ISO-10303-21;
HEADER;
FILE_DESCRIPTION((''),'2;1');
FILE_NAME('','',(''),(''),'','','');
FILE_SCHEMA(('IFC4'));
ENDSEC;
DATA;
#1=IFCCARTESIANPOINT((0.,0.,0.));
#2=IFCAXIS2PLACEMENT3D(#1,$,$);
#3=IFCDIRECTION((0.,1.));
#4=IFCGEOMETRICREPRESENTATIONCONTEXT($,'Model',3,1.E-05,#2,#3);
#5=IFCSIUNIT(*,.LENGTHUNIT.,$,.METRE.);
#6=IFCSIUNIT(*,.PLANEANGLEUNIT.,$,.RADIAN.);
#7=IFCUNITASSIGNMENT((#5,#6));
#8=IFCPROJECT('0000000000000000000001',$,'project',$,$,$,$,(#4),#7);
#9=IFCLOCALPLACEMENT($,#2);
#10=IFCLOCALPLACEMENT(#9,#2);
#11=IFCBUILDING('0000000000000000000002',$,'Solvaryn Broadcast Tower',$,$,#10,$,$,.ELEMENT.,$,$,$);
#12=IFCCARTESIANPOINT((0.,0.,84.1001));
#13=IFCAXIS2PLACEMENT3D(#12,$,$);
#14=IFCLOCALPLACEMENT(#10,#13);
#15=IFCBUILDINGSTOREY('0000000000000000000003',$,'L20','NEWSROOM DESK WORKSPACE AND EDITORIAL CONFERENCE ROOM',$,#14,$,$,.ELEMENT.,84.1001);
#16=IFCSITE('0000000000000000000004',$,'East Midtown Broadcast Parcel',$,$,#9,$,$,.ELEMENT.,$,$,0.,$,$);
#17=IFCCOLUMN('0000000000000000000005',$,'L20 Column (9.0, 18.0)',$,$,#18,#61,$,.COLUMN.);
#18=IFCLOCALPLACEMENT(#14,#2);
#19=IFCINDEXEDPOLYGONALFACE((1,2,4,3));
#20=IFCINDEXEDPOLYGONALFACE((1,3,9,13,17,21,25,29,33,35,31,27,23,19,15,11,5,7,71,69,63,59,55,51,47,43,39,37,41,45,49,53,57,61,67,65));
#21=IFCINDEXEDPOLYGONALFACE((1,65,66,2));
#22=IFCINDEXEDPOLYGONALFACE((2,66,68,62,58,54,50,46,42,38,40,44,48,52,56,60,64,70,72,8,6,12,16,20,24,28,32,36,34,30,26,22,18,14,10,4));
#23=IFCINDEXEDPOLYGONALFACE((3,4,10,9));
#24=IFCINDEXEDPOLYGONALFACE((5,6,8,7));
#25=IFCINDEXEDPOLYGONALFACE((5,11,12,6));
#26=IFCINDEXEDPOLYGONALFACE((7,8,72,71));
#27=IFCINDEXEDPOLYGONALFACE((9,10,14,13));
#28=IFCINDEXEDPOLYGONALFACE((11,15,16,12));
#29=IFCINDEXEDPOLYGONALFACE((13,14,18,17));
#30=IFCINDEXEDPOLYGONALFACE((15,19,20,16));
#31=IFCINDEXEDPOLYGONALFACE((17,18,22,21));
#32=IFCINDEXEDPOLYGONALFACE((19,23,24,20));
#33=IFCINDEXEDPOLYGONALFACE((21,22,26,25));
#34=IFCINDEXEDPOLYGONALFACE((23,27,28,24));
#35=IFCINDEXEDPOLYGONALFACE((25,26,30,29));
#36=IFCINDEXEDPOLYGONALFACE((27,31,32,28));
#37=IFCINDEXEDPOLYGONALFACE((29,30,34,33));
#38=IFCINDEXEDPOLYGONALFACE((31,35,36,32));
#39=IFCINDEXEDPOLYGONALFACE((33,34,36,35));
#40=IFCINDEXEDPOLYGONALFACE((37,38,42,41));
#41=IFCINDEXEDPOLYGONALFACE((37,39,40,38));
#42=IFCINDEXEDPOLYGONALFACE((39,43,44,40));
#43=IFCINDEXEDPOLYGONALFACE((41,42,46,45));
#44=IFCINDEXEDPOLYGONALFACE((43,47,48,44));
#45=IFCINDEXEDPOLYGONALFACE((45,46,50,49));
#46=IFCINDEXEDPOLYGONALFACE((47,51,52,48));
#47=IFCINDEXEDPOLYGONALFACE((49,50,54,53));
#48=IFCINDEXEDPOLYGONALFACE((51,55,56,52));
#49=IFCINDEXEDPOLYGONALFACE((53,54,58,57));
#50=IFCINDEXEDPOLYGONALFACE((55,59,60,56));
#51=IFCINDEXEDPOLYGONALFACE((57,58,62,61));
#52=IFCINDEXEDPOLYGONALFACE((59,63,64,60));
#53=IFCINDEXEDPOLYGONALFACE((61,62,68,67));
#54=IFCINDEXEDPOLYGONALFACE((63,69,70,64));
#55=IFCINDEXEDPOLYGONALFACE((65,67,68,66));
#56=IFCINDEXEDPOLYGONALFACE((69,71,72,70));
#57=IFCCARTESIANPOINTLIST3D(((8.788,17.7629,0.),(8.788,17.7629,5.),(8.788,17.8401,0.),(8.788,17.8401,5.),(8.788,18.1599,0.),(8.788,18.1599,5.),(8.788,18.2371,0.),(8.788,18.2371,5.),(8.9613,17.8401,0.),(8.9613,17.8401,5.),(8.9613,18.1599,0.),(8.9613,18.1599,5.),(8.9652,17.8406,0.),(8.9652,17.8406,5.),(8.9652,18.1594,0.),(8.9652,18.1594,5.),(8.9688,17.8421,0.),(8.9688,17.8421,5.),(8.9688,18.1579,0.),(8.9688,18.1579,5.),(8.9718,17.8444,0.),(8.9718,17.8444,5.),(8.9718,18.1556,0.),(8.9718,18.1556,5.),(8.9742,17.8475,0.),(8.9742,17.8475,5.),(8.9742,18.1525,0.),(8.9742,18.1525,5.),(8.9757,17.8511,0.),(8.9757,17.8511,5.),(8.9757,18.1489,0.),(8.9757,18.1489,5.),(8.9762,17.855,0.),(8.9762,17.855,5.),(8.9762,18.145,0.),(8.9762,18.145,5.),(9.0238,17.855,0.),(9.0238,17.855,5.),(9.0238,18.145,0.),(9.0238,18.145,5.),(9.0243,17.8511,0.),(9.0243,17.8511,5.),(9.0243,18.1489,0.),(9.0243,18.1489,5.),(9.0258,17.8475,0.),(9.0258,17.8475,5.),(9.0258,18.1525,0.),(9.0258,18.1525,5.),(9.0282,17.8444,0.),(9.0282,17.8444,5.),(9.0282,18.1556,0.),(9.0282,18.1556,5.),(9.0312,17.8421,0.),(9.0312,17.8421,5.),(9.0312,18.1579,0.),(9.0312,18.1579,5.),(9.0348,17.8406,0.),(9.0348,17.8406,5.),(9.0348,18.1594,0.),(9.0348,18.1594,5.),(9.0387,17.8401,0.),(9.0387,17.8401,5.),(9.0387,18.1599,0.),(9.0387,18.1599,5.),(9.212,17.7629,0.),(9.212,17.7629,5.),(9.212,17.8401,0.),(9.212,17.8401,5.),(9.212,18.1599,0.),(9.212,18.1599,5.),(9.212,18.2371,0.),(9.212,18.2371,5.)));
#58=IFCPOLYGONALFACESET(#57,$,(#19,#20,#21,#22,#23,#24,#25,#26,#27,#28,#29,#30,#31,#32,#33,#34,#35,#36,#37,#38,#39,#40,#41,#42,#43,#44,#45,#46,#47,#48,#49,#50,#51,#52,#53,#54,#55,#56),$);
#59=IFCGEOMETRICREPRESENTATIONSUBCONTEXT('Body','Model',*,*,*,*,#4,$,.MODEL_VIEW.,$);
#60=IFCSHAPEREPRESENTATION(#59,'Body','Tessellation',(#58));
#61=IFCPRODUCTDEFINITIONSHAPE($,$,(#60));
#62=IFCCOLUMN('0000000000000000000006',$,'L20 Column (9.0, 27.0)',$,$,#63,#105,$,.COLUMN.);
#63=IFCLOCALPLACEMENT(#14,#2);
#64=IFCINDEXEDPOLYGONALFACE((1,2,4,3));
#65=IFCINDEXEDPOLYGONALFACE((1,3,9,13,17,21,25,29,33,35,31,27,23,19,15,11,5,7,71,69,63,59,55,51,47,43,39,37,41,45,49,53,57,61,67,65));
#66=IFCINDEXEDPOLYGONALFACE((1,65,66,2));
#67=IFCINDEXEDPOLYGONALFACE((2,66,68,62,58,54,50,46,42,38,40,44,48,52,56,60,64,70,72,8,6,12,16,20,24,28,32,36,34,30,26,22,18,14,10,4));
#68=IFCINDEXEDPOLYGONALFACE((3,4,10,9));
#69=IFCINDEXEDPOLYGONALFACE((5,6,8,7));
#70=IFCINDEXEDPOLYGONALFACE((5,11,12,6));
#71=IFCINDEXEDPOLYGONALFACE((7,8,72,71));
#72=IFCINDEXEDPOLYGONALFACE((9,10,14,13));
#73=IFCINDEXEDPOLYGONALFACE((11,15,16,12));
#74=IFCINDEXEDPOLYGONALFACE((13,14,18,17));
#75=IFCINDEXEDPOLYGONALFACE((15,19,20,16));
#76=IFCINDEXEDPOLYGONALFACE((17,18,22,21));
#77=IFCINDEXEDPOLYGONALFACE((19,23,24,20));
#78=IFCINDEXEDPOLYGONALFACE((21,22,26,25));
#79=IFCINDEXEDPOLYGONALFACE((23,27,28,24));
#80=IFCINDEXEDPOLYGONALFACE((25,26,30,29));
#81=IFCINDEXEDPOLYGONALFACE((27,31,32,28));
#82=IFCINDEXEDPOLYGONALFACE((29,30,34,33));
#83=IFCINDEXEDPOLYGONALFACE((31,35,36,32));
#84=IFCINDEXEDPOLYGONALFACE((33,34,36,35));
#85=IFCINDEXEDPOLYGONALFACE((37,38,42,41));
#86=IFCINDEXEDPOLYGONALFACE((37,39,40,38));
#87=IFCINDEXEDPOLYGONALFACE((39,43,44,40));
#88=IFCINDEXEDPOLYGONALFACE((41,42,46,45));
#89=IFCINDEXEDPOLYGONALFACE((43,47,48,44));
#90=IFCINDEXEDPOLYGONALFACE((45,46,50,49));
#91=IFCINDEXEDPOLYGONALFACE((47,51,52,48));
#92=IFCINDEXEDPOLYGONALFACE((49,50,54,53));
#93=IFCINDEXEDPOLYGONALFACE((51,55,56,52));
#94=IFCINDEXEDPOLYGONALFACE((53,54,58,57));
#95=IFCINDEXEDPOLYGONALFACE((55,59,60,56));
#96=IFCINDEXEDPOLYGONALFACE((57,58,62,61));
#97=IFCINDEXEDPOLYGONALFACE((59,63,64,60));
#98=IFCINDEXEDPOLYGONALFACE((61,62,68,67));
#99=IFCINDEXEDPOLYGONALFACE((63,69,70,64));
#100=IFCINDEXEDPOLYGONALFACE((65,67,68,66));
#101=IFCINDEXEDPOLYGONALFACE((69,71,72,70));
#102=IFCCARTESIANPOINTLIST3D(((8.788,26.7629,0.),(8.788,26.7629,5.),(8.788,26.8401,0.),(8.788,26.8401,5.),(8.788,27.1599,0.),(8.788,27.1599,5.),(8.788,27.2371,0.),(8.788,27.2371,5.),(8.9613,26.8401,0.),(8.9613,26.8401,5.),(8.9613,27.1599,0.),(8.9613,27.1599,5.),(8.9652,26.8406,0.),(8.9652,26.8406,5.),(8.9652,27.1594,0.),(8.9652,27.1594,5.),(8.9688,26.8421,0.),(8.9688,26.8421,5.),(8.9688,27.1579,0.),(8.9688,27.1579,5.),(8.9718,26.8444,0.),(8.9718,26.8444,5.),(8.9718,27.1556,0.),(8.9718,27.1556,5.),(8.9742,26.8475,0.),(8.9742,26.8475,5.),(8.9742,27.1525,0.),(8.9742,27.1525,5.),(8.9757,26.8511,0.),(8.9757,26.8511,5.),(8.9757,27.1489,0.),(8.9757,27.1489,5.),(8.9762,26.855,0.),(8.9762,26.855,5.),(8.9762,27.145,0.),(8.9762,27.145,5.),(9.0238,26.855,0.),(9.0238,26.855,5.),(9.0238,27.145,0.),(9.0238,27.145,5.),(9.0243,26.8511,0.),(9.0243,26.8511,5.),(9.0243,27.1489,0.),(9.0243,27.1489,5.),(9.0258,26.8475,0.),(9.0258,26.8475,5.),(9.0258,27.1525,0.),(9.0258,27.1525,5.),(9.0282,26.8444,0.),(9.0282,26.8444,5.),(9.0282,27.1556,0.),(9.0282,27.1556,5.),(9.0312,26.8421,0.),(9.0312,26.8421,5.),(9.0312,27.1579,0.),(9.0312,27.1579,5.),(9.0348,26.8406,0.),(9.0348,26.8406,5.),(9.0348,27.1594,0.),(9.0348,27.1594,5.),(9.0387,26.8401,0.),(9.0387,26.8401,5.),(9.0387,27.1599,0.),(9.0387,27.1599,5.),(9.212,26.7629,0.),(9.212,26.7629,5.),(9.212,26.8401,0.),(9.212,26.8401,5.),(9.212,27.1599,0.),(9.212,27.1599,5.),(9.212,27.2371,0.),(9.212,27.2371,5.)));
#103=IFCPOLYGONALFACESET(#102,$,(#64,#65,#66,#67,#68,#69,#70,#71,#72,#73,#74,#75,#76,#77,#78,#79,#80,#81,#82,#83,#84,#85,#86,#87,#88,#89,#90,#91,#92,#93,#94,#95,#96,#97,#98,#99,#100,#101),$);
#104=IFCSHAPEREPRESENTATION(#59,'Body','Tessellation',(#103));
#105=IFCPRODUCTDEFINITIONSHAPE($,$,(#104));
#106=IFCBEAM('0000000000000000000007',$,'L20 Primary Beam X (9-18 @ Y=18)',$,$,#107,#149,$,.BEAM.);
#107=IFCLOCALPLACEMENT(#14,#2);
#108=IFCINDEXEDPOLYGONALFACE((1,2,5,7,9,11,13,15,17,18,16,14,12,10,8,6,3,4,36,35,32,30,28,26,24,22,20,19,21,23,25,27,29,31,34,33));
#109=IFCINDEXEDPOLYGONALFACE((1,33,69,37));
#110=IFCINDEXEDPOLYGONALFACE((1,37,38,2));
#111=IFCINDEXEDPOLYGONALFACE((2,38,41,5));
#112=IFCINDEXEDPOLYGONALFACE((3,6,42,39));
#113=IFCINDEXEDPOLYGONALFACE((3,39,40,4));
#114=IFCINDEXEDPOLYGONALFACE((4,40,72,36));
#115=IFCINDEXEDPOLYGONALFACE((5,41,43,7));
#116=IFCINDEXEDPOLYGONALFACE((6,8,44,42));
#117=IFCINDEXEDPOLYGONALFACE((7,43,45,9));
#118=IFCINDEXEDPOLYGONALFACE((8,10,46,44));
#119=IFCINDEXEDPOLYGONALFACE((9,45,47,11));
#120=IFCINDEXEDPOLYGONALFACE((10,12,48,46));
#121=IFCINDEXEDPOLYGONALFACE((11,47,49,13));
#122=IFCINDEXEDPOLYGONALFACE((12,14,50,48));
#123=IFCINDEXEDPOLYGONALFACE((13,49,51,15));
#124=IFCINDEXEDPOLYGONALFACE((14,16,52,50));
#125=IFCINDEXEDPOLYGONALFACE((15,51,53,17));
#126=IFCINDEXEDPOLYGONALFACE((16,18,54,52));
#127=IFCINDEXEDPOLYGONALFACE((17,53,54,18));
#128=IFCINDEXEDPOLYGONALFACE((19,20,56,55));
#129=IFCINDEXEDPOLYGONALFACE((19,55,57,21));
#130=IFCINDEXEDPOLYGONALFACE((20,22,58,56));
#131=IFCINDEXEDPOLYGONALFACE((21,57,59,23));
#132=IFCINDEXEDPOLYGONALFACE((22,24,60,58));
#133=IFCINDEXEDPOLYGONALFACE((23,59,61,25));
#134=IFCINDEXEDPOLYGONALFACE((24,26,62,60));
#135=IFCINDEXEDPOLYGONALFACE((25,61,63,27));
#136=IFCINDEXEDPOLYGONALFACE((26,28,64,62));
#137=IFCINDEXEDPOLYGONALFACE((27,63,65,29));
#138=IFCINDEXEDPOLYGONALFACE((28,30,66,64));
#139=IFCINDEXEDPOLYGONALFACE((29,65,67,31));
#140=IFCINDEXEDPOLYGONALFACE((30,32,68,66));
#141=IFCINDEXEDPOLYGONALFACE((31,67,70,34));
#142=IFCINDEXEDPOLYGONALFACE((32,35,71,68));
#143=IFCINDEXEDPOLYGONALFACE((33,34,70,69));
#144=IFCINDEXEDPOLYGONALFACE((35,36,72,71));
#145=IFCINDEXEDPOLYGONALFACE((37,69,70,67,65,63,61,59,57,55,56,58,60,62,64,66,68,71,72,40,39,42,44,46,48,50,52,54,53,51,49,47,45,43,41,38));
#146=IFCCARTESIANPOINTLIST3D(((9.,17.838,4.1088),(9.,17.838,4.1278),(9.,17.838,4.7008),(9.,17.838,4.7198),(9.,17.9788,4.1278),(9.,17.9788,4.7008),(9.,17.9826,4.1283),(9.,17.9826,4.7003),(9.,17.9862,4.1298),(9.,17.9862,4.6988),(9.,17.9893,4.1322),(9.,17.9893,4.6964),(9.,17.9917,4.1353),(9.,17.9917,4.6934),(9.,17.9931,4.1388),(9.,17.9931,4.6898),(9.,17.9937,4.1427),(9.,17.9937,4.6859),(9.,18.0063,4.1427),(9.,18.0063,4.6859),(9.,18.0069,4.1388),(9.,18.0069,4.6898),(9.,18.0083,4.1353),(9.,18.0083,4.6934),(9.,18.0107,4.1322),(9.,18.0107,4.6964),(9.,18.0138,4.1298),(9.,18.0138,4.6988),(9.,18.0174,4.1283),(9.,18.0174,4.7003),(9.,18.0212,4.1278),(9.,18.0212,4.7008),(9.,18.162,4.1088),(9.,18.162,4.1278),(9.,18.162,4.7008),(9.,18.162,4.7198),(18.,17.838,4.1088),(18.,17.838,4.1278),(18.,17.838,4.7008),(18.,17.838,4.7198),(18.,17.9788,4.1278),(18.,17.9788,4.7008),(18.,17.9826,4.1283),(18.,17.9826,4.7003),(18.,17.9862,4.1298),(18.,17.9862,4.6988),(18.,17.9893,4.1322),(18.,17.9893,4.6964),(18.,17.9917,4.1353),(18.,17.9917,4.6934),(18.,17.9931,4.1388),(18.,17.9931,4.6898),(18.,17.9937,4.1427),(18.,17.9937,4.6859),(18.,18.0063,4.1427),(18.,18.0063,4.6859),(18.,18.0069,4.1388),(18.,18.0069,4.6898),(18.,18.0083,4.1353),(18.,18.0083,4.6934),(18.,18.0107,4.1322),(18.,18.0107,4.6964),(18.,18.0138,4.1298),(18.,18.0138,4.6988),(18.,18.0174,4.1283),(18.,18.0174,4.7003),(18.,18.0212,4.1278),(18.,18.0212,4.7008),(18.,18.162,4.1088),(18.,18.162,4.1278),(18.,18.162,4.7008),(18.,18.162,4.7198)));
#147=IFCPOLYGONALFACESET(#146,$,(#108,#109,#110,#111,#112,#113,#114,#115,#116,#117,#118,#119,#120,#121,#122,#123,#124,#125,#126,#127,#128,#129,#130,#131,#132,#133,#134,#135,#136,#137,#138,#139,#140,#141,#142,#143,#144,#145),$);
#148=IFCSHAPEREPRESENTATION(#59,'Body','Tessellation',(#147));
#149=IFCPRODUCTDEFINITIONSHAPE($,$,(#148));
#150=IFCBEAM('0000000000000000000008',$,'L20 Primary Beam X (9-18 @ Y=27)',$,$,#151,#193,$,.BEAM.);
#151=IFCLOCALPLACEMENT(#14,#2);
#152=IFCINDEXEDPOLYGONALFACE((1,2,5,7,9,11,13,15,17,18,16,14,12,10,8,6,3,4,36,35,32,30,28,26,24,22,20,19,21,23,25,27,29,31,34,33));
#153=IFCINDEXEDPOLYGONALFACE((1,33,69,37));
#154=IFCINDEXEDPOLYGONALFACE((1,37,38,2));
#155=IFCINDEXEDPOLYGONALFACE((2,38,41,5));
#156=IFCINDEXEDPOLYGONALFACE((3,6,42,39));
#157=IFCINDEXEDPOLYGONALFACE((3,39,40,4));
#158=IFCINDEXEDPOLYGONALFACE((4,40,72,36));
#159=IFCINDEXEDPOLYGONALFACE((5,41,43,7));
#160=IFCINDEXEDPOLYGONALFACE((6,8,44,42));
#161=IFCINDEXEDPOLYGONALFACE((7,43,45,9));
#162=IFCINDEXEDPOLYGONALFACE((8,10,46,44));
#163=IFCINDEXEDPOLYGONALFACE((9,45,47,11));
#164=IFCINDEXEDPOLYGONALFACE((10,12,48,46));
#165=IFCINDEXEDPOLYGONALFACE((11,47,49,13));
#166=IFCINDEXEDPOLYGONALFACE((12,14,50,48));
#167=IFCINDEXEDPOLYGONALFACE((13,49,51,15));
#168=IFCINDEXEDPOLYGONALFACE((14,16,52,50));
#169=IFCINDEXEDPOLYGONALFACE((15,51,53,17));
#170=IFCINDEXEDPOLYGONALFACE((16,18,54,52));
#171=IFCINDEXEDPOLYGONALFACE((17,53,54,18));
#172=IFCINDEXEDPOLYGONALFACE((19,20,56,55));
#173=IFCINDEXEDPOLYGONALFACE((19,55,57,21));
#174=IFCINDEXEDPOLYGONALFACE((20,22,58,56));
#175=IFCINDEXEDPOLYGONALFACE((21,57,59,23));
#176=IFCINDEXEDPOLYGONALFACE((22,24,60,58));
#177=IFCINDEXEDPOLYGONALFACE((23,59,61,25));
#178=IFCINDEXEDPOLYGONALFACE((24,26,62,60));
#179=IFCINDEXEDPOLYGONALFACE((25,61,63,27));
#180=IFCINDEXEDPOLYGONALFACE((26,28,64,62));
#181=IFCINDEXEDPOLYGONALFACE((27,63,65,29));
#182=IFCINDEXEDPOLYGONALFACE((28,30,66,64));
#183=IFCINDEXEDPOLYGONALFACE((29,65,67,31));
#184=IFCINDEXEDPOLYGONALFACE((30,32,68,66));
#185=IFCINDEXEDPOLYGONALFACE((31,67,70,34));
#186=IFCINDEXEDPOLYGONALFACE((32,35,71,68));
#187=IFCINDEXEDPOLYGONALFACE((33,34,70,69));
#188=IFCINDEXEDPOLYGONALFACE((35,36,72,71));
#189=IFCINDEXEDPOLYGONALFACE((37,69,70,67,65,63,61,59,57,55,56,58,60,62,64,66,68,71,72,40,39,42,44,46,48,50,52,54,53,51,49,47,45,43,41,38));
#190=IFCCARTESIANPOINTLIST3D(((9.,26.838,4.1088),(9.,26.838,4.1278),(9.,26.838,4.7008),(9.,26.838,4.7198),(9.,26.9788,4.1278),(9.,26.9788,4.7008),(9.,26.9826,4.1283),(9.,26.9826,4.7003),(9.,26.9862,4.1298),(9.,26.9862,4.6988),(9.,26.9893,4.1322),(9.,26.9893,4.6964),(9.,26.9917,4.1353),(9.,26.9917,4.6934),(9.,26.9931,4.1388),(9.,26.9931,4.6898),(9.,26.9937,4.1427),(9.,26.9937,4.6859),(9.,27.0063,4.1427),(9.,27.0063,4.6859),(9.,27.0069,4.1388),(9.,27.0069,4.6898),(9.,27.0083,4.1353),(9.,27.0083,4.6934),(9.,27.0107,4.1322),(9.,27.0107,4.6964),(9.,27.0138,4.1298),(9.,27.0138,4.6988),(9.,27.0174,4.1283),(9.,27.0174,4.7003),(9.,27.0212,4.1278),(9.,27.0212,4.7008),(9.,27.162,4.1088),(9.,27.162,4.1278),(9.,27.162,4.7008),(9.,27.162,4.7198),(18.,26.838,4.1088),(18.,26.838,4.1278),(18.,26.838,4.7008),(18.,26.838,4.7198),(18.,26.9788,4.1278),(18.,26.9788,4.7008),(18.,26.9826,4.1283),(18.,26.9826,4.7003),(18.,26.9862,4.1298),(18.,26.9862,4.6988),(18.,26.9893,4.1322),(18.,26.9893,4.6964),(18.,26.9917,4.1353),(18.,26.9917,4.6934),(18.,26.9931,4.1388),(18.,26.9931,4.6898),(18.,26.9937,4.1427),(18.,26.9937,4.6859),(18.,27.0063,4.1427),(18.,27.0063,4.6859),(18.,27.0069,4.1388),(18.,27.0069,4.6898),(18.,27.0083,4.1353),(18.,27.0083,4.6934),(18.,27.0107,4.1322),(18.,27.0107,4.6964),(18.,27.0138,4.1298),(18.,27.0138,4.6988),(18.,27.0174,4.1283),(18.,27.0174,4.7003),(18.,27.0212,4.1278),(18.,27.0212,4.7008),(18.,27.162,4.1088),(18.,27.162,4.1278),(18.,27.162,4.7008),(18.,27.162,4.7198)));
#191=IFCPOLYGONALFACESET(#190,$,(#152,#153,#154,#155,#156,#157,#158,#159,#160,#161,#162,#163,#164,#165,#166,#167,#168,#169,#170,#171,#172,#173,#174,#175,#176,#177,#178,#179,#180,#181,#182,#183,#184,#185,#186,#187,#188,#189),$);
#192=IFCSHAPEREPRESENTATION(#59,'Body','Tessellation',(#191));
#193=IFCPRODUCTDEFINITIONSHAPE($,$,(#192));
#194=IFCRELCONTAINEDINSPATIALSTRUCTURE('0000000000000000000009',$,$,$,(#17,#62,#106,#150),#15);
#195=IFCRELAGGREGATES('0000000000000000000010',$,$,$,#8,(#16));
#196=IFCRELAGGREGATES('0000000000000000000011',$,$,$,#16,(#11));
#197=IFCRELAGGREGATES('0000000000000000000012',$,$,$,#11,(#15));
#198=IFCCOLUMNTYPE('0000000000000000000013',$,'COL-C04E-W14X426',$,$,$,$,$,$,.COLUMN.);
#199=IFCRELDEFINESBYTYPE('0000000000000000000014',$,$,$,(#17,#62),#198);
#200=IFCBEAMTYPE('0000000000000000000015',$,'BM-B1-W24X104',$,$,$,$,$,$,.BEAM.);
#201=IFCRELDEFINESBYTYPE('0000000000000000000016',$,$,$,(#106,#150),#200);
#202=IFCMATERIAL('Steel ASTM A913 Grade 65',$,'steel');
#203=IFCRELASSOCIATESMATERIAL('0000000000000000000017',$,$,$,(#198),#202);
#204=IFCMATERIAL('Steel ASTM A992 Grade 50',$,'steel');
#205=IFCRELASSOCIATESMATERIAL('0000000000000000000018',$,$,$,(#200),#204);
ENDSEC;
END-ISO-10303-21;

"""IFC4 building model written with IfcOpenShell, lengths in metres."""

from ifc_helpers import new_model, si_unit, direction, frame, origin, origin_2d, place, context, subcontext, project, spatial, i_section, extrude, material, material_profile, profile_set, type_object, element, save


model = new_model("IFC4")

# Units and contexts
model_context = context("Model", 3, precision=1e-05, world=origin(), true_north=direction((0.0, 1.0)))
body_context = subcontext(model_context, "Body", "Model", "MODEL_VIEW")
ifc_project = project(units=[si_unit("LENGTHUNIT", "METRE"), si_unit("PLANEANGLEUNIT", "RADIAN")], contexts=[model_context])

# Site, building, storey
site_placement = place(None, origin())
site = spatial("IfcSite", under=ifc_project, at=site_placement, Name="East Midtown Broadcast Parcel", CompositionType="ELEMENT", RefElevation=0.0)
building_placement = place(site_placement, origin())
building = spatial("IfcBuilding", under=site, at=building_placement, Name="Solvaryn Broadcast Tower", CompositionType="ELEMENT")
storey_placement = place(building_placement, frame((0.0, 0.0, 84.1001)))
storey = spatial("IfcBuildingStorey", under=building, at=storey_placement, Name="L20", Description="NEWSROOM DESK WORKSPACE AND EDITORIAL CONFERENCE ROOM", CompositionType="ELEMENT", Elevation=84.1001)

# Columns
ifc_material_1 = material(Name="Steel ASTM A913 Grade 65", Category="steel")
ifc_material_profile_1 = material_profile(ifc_material_1, i_section(OverallWidth=0.4241, OverallDepth=0.4741, WebThickness=0.0476, FlangeThickness=0.0771, FilletRadius=0.0149, at=origin_2d()))
ifc_profile_set_1 = profile_set([ifc_material_profile_1], Name="Steel ASTM A913 Grade 65")
column_type = type_object("IfcColumnType", Name="COL-C04E-W14X426", PredefinedType="COLUMN", material=ifc_profile_set_1)
for number, where, z_axis, x_axis, name in (
    (1, (9.0, 18.0, 0.0), (0.0, 0.0, 1.0), (1.0, 0.0, 0.0), "L20 Column (9.0, 18.0)"),
    (2, (9.0, 27.0, 0.0), (0.0, 0.0, 1.0), (1.0, 0.0, 0.0), "L20 Column (9.0, 27.0)"),
):
    element("IfcColumn", number, at=place(storey_placement, frame(where, z_axis=z_axis, x_axis=x_axis)), inside=storey, type_object=column_type, Name=name, PredefinedType="COLUMN", context=body_context, shape_type="SweptSolid", body=[
        extrude(i_section(OverallWidth=0.4241, OverallDepth=0.4741, WebThickness=0.0476, FlangeThickness=0.0771, FilletRadius=0.0149, at=origin_2d()), origin(), (0.0, 0.0, 1.0), 5.0),
    ])

# Beams
ifc_material_2 = material(Name="Steel ASTM A992 Grade 50", Category="steel")
ifc_material_profile_2 = material_profile(ifc_material_2, i_section(OverallWidth=0.324, OverallDepth=0.6111, WebThickness=0.0127, FlangeThickness=0.019, FilletRadius=0.0149, at=origin_2d()))
ifc_profile_set_2 = profile_set([ifc_material_profile_2], Name="Steel ASTM A992 Grade 50")
beam_type_1 = type_object("IfcBeamType", Name="BM-B1-W24X104", PredefinedType="BEAM", material=ifc_profile_set_2)
for number, where, z_axis, x_axis, name in (
    (3, (9.0, 18.0, 4.4143), (1.0, 0.0, 0.0), (0.0, 1.0, 0.0), "L20 Primary Beam X (9-18 @ Y=18)"),
    (4, (9.0, 27.0, 4.4143), (1.0, 0.0, 0.0), (0.0, 1.0, 0.0), "L20 Primary Beam X (9-18 @ Y=27)"),
):
    element("IfcBeam", number, at=place(storey_placement, frame(where, z_axis=z_axis, x_axis=x_axis)), inside=storey, type_object=beam_type_1, Name=name, PredefinedType="BEAM", context=body_context, shape_type="SweptSolid", body=[
        extrude(i_section(OverallWidth=0.324, OverallDepth=0.6111, WebThickness=0.0127, FlangeThickness=0.019, FilletRadius=0.0149, at=origin_2d()), origin(), (0.0, 0.0, 1.0), 9.0),
    ])

save(model, "model.ifc")
